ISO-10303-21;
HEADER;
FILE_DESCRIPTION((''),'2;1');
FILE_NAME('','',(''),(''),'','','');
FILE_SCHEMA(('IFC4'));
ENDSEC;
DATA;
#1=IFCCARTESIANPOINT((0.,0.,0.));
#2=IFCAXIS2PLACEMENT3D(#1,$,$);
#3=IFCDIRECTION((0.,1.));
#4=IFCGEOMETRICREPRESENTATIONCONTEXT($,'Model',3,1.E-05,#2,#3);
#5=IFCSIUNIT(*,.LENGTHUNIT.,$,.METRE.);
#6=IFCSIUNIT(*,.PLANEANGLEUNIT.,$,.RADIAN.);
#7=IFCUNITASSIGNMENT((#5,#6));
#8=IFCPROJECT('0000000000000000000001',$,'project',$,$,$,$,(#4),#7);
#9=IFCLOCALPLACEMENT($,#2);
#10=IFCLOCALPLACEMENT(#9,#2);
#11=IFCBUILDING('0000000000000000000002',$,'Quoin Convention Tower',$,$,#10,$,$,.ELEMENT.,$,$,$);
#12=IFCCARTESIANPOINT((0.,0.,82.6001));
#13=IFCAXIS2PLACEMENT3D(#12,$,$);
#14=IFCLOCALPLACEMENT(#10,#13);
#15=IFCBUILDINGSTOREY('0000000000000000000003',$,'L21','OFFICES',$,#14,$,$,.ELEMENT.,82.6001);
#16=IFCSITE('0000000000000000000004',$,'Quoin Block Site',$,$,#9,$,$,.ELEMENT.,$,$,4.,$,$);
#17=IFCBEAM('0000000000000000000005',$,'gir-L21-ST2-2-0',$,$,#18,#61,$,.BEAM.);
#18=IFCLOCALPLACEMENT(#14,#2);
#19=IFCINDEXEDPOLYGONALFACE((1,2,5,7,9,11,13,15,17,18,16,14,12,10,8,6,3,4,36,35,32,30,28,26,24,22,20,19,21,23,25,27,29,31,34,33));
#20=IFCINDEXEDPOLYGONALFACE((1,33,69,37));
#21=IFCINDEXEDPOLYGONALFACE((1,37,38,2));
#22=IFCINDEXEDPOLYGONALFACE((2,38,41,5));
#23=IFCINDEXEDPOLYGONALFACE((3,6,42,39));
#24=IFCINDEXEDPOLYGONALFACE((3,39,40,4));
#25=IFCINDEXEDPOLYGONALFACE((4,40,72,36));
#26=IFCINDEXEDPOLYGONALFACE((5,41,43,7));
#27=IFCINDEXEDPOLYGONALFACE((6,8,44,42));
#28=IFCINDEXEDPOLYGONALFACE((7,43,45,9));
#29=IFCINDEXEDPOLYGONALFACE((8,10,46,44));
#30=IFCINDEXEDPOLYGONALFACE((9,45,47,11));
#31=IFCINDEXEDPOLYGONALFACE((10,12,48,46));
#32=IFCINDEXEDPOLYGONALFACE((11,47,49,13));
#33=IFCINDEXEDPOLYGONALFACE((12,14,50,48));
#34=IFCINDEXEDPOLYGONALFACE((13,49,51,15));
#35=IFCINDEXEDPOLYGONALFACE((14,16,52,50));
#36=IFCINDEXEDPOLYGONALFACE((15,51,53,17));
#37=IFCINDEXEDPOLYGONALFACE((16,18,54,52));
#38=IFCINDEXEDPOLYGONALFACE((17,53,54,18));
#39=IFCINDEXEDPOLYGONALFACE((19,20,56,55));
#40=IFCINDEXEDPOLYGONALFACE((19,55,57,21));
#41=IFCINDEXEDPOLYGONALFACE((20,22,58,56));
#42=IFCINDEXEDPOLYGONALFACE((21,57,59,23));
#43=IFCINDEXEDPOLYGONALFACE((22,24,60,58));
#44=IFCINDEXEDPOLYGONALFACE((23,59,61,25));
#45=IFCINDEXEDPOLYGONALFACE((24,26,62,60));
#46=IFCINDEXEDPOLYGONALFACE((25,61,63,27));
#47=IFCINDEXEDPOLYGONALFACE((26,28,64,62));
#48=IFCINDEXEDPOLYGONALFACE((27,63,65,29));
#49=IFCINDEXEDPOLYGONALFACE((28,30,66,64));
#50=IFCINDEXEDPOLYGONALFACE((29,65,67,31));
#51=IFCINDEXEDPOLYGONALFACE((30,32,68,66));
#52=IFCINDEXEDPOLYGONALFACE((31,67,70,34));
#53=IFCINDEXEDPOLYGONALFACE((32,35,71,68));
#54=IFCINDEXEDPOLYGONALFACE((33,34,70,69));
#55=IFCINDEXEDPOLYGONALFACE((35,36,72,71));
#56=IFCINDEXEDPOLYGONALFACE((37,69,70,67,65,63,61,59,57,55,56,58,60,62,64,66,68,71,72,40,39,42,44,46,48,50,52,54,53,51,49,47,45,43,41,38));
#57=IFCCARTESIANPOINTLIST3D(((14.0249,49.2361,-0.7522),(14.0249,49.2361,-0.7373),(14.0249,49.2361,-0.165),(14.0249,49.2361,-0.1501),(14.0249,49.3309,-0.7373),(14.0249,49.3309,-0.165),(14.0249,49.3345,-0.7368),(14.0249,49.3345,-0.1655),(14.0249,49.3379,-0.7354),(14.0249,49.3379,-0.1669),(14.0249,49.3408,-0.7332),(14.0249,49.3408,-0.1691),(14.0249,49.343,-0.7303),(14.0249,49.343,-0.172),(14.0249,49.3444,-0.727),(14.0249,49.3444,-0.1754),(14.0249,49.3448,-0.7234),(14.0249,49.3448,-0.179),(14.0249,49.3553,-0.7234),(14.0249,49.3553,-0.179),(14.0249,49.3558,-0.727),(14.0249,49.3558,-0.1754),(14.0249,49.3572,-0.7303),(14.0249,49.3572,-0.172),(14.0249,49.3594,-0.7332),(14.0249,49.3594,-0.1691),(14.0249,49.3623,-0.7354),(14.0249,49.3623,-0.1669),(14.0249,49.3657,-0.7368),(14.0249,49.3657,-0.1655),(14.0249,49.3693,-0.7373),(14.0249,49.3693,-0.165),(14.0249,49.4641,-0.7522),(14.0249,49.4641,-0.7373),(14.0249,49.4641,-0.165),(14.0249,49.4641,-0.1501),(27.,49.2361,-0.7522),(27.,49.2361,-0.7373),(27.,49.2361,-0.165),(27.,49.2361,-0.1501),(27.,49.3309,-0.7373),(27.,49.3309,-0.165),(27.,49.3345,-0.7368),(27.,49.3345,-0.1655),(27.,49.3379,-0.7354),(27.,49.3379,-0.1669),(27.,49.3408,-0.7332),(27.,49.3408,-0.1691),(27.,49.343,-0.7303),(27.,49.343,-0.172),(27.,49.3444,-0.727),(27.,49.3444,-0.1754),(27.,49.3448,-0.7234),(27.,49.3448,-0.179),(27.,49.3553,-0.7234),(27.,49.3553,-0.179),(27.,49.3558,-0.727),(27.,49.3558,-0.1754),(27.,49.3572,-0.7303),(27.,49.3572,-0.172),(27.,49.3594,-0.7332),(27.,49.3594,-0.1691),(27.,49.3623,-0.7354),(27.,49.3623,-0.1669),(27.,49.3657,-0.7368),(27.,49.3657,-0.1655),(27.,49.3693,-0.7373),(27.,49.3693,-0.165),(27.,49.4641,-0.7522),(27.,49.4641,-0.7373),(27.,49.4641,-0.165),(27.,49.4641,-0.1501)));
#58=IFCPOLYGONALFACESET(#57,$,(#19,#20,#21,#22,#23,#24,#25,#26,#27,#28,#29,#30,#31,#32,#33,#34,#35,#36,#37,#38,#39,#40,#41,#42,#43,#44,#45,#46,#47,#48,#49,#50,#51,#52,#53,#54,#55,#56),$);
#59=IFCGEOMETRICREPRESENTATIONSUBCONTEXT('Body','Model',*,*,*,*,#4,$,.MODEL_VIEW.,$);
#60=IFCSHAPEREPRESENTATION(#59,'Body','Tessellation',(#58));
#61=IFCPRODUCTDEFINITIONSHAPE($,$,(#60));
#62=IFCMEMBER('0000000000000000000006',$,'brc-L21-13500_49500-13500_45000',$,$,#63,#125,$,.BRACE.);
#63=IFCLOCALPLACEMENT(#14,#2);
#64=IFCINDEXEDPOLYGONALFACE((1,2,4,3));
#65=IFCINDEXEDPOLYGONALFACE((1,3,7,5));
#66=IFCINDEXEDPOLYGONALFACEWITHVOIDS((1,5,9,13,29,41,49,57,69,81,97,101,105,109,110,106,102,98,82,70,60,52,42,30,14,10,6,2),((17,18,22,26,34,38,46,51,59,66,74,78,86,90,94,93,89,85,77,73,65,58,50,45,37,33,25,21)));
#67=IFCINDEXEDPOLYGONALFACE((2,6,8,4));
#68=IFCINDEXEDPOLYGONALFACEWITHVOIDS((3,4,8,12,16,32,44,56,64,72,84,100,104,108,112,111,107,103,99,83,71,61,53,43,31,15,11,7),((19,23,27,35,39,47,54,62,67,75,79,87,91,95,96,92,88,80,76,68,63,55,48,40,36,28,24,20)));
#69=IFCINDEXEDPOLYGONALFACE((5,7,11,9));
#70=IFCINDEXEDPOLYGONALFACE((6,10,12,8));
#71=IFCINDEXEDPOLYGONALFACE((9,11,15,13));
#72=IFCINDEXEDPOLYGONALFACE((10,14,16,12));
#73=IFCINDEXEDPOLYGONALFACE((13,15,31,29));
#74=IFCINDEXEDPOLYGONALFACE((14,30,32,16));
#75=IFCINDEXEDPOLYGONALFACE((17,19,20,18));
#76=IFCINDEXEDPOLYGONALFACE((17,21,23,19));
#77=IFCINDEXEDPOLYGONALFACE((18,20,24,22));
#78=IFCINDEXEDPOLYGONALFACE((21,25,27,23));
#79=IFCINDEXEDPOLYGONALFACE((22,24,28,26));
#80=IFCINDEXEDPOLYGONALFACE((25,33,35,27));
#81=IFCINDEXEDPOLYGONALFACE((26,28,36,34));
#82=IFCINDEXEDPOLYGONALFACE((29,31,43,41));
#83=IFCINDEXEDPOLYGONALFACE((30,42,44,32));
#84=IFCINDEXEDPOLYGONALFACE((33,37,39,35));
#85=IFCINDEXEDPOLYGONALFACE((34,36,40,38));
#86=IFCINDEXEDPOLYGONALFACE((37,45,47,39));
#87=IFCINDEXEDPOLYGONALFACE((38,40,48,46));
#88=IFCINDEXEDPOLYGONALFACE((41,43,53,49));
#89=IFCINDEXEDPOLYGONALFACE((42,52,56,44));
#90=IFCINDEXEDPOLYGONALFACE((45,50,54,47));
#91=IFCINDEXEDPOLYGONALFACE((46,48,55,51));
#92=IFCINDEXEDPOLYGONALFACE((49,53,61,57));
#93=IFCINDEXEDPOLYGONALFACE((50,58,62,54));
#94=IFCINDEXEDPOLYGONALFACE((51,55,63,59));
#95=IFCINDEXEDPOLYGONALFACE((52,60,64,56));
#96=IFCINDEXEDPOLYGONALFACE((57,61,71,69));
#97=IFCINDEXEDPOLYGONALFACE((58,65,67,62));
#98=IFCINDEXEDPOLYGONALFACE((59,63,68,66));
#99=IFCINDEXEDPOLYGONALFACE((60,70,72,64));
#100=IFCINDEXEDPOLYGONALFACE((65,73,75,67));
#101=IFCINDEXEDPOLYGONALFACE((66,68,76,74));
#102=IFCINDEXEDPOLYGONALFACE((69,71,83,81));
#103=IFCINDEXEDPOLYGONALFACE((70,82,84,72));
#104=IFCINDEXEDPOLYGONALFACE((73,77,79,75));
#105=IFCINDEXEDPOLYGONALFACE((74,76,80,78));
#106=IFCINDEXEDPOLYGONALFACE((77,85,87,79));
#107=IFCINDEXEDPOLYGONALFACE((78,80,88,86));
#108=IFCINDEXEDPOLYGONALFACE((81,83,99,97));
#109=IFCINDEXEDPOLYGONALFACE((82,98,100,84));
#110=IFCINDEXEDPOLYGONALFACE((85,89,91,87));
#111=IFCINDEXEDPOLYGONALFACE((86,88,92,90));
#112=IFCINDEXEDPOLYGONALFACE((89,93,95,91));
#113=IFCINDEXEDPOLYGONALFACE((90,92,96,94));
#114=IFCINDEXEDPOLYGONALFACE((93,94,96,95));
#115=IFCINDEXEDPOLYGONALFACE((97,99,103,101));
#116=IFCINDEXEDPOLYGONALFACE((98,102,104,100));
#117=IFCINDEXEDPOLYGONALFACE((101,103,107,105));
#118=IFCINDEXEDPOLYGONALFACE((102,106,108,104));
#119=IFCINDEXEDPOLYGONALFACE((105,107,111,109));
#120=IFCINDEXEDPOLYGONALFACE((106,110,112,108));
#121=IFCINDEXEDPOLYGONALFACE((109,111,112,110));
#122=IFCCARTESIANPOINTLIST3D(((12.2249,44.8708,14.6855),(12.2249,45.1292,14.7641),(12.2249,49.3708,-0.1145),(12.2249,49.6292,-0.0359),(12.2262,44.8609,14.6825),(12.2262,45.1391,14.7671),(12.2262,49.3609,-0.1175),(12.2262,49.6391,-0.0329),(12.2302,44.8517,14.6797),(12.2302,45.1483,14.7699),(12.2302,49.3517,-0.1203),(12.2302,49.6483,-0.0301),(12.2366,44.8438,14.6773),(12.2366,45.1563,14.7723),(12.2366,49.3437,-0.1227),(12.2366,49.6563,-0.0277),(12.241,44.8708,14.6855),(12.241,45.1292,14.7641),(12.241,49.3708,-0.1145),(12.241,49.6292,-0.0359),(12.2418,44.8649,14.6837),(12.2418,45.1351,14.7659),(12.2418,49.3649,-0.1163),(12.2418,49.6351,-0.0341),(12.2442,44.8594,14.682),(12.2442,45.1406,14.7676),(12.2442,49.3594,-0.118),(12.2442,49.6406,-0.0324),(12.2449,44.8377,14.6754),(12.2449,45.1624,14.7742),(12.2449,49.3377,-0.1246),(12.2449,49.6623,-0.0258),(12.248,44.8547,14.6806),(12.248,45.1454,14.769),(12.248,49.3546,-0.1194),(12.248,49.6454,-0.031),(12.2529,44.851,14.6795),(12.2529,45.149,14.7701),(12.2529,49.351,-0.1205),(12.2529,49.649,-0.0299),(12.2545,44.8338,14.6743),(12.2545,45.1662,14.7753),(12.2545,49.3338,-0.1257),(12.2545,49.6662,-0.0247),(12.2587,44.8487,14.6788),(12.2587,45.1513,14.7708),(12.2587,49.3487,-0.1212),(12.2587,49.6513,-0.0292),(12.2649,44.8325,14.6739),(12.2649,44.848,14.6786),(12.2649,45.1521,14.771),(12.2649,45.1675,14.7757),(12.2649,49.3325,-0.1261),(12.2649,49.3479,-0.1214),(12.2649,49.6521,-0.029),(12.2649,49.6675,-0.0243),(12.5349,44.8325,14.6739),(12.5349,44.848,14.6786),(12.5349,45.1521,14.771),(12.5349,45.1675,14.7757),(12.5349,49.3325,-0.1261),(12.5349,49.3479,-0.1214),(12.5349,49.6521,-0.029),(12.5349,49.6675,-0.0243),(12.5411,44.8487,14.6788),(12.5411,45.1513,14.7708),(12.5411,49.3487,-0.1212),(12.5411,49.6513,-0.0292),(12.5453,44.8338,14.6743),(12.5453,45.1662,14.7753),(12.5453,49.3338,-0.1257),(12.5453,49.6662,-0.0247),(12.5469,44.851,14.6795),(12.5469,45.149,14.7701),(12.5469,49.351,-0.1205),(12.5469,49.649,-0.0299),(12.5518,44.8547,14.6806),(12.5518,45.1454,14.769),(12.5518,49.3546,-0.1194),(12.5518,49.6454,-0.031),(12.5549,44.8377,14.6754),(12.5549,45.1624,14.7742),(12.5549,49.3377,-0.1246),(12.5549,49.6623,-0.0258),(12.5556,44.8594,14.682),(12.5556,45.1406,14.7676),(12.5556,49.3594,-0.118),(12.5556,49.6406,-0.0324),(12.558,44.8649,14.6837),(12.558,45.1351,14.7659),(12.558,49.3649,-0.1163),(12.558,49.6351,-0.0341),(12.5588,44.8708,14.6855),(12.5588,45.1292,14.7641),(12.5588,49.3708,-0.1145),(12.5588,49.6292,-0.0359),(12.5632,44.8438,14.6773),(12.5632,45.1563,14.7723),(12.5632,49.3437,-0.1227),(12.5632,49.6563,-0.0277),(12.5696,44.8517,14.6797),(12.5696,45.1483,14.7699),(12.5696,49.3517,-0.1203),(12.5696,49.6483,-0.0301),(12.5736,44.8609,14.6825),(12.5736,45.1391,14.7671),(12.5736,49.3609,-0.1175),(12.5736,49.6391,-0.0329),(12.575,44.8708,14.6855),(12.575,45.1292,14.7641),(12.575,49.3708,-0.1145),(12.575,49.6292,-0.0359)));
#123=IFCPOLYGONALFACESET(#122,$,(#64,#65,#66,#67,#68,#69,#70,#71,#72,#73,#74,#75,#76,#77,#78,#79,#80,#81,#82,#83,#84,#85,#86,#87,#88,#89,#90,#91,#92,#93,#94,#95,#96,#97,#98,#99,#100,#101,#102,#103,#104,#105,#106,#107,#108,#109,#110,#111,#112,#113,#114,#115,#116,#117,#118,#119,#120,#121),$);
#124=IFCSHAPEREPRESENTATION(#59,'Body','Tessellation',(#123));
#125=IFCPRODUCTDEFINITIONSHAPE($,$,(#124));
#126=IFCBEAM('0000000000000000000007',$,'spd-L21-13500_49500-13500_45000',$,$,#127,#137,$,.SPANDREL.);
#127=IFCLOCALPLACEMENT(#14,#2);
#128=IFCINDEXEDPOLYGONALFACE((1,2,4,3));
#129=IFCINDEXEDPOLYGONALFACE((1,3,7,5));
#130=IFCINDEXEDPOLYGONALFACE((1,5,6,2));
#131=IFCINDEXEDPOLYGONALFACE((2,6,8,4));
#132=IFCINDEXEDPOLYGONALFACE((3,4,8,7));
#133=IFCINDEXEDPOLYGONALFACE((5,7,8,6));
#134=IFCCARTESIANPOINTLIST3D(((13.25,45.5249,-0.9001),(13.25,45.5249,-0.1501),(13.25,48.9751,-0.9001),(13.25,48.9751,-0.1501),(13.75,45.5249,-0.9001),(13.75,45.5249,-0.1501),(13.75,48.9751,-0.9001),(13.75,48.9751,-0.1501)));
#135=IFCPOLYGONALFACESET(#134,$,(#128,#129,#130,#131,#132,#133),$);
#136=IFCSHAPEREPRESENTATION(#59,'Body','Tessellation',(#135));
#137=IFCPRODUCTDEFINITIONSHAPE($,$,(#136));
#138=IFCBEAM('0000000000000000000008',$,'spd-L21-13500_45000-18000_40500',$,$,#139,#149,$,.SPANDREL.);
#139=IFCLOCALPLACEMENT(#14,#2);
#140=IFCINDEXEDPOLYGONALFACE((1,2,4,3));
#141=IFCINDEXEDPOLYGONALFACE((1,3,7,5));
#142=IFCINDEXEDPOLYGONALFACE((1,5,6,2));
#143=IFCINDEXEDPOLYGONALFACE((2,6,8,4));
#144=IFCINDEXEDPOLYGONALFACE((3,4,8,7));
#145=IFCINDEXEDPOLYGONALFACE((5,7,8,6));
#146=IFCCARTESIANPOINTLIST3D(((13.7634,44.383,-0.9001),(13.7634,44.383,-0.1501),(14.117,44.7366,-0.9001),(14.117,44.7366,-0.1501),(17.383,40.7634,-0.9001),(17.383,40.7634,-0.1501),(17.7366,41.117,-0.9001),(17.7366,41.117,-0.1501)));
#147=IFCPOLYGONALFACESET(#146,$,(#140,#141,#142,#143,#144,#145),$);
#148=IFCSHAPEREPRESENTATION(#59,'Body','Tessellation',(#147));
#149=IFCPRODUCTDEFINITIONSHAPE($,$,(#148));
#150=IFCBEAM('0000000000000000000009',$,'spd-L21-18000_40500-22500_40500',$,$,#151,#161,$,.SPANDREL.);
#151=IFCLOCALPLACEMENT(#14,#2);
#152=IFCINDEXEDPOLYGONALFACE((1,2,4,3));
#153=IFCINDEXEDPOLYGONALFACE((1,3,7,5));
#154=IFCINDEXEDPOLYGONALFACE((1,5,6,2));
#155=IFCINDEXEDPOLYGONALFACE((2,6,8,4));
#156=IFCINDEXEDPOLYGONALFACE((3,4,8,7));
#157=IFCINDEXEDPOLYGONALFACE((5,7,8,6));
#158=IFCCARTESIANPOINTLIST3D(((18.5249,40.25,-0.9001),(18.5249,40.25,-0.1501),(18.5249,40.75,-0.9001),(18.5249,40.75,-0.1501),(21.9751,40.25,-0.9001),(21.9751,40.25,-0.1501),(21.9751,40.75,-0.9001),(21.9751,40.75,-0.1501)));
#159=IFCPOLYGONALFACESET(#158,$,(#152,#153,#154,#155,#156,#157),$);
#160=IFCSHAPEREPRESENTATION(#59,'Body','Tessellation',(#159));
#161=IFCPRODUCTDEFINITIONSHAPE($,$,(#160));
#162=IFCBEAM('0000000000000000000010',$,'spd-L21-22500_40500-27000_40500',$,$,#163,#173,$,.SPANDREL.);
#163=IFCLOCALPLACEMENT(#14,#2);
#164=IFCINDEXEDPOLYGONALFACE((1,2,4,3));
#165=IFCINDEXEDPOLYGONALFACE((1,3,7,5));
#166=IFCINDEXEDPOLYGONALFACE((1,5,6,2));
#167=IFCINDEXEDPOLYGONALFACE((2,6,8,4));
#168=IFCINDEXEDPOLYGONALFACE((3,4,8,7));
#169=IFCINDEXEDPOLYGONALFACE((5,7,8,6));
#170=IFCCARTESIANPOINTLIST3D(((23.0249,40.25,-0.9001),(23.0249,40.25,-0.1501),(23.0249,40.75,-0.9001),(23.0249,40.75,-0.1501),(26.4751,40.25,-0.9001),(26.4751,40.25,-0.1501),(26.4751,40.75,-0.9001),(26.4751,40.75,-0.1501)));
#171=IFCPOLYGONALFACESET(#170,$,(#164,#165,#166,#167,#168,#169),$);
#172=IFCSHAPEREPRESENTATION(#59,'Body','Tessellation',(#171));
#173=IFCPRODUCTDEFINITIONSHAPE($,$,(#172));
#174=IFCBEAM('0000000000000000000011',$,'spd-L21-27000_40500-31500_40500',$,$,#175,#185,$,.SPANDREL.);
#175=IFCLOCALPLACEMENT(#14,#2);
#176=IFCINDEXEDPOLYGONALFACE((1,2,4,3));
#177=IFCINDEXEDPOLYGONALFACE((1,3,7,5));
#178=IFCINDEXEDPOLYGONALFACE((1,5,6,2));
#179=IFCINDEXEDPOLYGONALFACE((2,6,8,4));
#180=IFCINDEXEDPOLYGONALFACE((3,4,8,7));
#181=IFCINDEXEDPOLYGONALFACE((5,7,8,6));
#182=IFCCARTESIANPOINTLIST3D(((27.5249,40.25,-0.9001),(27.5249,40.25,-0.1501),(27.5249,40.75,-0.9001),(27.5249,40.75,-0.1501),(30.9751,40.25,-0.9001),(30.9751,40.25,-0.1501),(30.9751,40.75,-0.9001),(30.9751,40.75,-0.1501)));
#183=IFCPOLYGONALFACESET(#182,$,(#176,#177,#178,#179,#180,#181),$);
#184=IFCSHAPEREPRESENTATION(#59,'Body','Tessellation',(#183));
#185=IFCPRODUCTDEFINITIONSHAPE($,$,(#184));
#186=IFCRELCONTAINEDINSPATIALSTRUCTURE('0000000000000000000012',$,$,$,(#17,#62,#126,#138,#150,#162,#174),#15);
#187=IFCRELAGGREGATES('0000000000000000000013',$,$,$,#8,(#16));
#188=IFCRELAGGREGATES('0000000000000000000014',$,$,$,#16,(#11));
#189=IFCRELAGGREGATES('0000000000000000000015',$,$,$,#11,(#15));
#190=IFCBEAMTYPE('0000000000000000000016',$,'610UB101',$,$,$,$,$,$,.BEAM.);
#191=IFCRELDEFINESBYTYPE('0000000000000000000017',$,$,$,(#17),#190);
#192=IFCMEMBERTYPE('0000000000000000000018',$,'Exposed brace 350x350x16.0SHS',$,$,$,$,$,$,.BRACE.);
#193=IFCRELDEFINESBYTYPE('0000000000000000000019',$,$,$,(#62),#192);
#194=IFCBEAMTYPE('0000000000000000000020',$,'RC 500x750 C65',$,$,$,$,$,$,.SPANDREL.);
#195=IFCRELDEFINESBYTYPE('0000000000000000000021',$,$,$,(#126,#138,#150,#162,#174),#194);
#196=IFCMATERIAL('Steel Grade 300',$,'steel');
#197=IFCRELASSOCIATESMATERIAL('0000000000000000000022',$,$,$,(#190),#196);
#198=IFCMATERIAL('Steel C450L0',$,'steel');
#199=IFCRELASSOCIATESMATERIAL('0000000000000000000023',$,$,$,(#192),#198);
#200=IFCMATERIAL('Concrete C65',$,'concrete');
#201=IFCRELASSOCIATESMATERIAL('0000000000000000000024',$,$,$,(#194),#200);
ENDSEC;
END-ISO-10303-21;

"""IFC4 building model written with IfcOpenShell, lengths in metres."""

from ifc_helpers import new_model, si_unit, direction, frame, origin, origin_2d, place, context, subcontext, project, spatial, rectangle, hollow_rectangle, i_section, extrude, material, material_profile, profile_set, type_object, element, save


model = new_model("IFC4")

# Units and contexts
model_context = context("Model", 3, precision=1e-05, world=origin(), true_north=direction((0.0, 1.0)))
body_context = subcontext(model_context, "Body", "Model", "MODEL_VIEW")
ifc_project = project(units=[si_unit("LENGTHUNIT", "METRE"), si_unit("PLANEANGLEUNIT", "RADIAN")], contexts=[model_context])

# Site, building, storey
site_placement = place(None, origin())
site = spatial("IfcSite", under=ifc_project, at=site_placement, Name="Quoin Block Site", CompositionType="ELEMENT", RefElevation=4.0)
building_placement = place(site_placement, origin())
building = spatial("IfcBuilding", under=site, at=building_placement, Name="Quoin Convention Tower", CompositionType="ELEMENT")
storey_placement = place(building_placement, frame((0.0, 0.0, 82.6001)))
storey = spatial("IfcBuildingStorey", under=building, at=storey_placement, Name="L21", Description="OFFICES", CompositionType="ELEMENT", Elevation=82.6001)

# Shared definitions
ifc_material_1 = material(Name="Concrete C65", Category="concrete")

# Beam
ifc_material_2 = material(Name="Steel Grade 300", Category="steel")
ifc_material_3 = material(Name="Steel C450L0", Category="steel")
ifc_material_profile_1 = material_profile(ifc_material_2, i_section(OverallWidth=0.228, OverallDepth=0.6021, WebThickness=0.0105, FlangeThickness=0.0149, FilletRadius=0.0139, at=origin_2d()), Name="610UB101")
ifc_profile_set_1 = profile_set([ifc_material_profile_1], Name="Steel Grade 300")
beam_type_1 = type_object("IfcBeamType", Name="610UB101", PredefinedType="BEAM", material=ifc_profile_set_1)
beam_1_placement = place(storey_placement, frame((14.0249, 49.3501, -0.4512), z_axis=(1.0, 0.0, 0.0), x_axis=(0.0, 1.0, 0.0)))
element("IfcBeam", 1, at=beam_1_placement, inside=storey, type_object=beam_type_1, Name="gir-L21-ST2-2-0", PredefinedType="BEAM", context=body_context, shape_type="SweptSolid", body=[
    extrude(i_section(OverallWidth=0.228, OverallDepth=0.6021, WebThickness=0.0105, FlangeThickness=0.0149, FilletRadius=0.0139, at=origin_2d()), origin(), (0.0, 0.0, 1.0), 12.9751),
])

# Member
ifc_material_profile_2 = material_profile(ifc_material_3, hollow_rectangle(XDim=0.3501, YDim=0.3501, WallThickness=0.0161, InnerFilletRadius=0.0239, OuterFilletRadius=0.04, at=origin_2d()), Name="350x350x16.0SHS")
ifc_profile_set_2 = profile_set([ifc_material_profile_2], Name="Steel C450L0")
member_type = type_object("IfcMemberType", Name="Exposed brace 350x350x16.0SHS", PredefinedType="BRACE", material=ifc_profile_set_2)
member_placement = place(storey_placement, frame((12.3999, 49.5, -0.0752), z_axis=(0.0, -0.290903, 0.956752), x_axis=(1.0, 0.0, 0.0)))
element("IfcMember", 2, at=member_placement, inside=storey, type_object=member_type, Name="brc-L21-13500_49500-13500_45000", PredefinedType="BRACE", context=body_context, shape_type="SweptSolid", body=[
    extrude(hollow_rectangle(XDim=0.3501, YDim=0.3501, WallThickness=0.0161, InnerFilletRadius=0.0239, OuterFilletRadius=0.04, at=origin_2d()), origin(), (0.0, 0.0, 1.0), 15.469),
])

# Beams
ifc_material_profile_3 = material_profile(ifc_material_1, rectangle(XDim=0.5, YDim=0.75, at=origin_2d()), Name="RC 500x750")
ifc_profile_set_3 = profile_set([ifc_material_profile_3], Name="Concrete C65")
beam_type_2 = type_object("IfcBeamType", Name="RC 500x750 C65", PredefinedType="SPANDREL", material=ifc_profile_set_3)
beam_2_placement = place(storey_placement, frame((13.5, 48.9751, -0.5251), z_axis=(0.0, -1.0, 0.0), x_axis=(1.0, 0.0, 0.0)))
element("IfcBeam", 3, at=beam_2_placement, inside=storey, type_object=beam_type_2, Name="spd-L21-13500_49500-13500_45000", PredefinedType="SPANDREL", context=body_context, shape_type="SweptSolid", body=[
    extrude(rectangle(XDim=0.5, YDim=0.75, at=origin_2d()), origin(), (0.0, 0.0, 1.0), 3.4502),
])
beam_3_placement = place(storey_placement, frame((13.9402, 44.5598, -0.5251), z_axis=(0.707107, -0.707107, 0.0), x_axis=(0.707107, 0.707107, 0.0)))
element("IfcBeam", 4, at=beam_3_placement, inside=storey, type_object=beam_type_2, Name="spd-L21-13500_45000-18000_40500", PredefinedType="SPANDREL", context=body_context, shape_type="SweptSolid", body=[
    extrude(rectangle(XDim=0.5, YDim=0.75, at=origin_2d()), origin(), (0.0, 0.0, 1.0), 5.1189),
])
for number, where, z_axis, x_axis, name in (
    (5, (18.5249, 40.5, -0.5251), (1.0, 0.0, 0.0), (0.0, 1.0, 0.0), "spd-L21-18000_40500-22500_40500"),
    (6, (23.0249, 40.5, -0.5251), (1.0, 0.0, 0.0), (0.0, 1.0, 0.0), "spd-L21-22500_40500-27000_40500"),
    (7, (27.5249, 40.5, -0.5251), (1.0, 0.0, 0.0), (0.0, 1.0, 0.0), "spd-L21-27000_40500-31500_40500"),
):
    element("IfcBeam", number, at=place(storey_placement, frame(where, z_axis=z_axis, x_axis=x_axis)), inside=storey, type_object=beam_type_2, Name=name, PredefinedType="SPANDREL", context=body_context, shape_type="SweptSolid", body=[
        extrude(rectangle(XDim=0.5, YDim=0.75, at=origin_2d()), origin(), (0.0, 0.0, 1.0), 3.4502),
    ])

save(model, "model.ifc")
